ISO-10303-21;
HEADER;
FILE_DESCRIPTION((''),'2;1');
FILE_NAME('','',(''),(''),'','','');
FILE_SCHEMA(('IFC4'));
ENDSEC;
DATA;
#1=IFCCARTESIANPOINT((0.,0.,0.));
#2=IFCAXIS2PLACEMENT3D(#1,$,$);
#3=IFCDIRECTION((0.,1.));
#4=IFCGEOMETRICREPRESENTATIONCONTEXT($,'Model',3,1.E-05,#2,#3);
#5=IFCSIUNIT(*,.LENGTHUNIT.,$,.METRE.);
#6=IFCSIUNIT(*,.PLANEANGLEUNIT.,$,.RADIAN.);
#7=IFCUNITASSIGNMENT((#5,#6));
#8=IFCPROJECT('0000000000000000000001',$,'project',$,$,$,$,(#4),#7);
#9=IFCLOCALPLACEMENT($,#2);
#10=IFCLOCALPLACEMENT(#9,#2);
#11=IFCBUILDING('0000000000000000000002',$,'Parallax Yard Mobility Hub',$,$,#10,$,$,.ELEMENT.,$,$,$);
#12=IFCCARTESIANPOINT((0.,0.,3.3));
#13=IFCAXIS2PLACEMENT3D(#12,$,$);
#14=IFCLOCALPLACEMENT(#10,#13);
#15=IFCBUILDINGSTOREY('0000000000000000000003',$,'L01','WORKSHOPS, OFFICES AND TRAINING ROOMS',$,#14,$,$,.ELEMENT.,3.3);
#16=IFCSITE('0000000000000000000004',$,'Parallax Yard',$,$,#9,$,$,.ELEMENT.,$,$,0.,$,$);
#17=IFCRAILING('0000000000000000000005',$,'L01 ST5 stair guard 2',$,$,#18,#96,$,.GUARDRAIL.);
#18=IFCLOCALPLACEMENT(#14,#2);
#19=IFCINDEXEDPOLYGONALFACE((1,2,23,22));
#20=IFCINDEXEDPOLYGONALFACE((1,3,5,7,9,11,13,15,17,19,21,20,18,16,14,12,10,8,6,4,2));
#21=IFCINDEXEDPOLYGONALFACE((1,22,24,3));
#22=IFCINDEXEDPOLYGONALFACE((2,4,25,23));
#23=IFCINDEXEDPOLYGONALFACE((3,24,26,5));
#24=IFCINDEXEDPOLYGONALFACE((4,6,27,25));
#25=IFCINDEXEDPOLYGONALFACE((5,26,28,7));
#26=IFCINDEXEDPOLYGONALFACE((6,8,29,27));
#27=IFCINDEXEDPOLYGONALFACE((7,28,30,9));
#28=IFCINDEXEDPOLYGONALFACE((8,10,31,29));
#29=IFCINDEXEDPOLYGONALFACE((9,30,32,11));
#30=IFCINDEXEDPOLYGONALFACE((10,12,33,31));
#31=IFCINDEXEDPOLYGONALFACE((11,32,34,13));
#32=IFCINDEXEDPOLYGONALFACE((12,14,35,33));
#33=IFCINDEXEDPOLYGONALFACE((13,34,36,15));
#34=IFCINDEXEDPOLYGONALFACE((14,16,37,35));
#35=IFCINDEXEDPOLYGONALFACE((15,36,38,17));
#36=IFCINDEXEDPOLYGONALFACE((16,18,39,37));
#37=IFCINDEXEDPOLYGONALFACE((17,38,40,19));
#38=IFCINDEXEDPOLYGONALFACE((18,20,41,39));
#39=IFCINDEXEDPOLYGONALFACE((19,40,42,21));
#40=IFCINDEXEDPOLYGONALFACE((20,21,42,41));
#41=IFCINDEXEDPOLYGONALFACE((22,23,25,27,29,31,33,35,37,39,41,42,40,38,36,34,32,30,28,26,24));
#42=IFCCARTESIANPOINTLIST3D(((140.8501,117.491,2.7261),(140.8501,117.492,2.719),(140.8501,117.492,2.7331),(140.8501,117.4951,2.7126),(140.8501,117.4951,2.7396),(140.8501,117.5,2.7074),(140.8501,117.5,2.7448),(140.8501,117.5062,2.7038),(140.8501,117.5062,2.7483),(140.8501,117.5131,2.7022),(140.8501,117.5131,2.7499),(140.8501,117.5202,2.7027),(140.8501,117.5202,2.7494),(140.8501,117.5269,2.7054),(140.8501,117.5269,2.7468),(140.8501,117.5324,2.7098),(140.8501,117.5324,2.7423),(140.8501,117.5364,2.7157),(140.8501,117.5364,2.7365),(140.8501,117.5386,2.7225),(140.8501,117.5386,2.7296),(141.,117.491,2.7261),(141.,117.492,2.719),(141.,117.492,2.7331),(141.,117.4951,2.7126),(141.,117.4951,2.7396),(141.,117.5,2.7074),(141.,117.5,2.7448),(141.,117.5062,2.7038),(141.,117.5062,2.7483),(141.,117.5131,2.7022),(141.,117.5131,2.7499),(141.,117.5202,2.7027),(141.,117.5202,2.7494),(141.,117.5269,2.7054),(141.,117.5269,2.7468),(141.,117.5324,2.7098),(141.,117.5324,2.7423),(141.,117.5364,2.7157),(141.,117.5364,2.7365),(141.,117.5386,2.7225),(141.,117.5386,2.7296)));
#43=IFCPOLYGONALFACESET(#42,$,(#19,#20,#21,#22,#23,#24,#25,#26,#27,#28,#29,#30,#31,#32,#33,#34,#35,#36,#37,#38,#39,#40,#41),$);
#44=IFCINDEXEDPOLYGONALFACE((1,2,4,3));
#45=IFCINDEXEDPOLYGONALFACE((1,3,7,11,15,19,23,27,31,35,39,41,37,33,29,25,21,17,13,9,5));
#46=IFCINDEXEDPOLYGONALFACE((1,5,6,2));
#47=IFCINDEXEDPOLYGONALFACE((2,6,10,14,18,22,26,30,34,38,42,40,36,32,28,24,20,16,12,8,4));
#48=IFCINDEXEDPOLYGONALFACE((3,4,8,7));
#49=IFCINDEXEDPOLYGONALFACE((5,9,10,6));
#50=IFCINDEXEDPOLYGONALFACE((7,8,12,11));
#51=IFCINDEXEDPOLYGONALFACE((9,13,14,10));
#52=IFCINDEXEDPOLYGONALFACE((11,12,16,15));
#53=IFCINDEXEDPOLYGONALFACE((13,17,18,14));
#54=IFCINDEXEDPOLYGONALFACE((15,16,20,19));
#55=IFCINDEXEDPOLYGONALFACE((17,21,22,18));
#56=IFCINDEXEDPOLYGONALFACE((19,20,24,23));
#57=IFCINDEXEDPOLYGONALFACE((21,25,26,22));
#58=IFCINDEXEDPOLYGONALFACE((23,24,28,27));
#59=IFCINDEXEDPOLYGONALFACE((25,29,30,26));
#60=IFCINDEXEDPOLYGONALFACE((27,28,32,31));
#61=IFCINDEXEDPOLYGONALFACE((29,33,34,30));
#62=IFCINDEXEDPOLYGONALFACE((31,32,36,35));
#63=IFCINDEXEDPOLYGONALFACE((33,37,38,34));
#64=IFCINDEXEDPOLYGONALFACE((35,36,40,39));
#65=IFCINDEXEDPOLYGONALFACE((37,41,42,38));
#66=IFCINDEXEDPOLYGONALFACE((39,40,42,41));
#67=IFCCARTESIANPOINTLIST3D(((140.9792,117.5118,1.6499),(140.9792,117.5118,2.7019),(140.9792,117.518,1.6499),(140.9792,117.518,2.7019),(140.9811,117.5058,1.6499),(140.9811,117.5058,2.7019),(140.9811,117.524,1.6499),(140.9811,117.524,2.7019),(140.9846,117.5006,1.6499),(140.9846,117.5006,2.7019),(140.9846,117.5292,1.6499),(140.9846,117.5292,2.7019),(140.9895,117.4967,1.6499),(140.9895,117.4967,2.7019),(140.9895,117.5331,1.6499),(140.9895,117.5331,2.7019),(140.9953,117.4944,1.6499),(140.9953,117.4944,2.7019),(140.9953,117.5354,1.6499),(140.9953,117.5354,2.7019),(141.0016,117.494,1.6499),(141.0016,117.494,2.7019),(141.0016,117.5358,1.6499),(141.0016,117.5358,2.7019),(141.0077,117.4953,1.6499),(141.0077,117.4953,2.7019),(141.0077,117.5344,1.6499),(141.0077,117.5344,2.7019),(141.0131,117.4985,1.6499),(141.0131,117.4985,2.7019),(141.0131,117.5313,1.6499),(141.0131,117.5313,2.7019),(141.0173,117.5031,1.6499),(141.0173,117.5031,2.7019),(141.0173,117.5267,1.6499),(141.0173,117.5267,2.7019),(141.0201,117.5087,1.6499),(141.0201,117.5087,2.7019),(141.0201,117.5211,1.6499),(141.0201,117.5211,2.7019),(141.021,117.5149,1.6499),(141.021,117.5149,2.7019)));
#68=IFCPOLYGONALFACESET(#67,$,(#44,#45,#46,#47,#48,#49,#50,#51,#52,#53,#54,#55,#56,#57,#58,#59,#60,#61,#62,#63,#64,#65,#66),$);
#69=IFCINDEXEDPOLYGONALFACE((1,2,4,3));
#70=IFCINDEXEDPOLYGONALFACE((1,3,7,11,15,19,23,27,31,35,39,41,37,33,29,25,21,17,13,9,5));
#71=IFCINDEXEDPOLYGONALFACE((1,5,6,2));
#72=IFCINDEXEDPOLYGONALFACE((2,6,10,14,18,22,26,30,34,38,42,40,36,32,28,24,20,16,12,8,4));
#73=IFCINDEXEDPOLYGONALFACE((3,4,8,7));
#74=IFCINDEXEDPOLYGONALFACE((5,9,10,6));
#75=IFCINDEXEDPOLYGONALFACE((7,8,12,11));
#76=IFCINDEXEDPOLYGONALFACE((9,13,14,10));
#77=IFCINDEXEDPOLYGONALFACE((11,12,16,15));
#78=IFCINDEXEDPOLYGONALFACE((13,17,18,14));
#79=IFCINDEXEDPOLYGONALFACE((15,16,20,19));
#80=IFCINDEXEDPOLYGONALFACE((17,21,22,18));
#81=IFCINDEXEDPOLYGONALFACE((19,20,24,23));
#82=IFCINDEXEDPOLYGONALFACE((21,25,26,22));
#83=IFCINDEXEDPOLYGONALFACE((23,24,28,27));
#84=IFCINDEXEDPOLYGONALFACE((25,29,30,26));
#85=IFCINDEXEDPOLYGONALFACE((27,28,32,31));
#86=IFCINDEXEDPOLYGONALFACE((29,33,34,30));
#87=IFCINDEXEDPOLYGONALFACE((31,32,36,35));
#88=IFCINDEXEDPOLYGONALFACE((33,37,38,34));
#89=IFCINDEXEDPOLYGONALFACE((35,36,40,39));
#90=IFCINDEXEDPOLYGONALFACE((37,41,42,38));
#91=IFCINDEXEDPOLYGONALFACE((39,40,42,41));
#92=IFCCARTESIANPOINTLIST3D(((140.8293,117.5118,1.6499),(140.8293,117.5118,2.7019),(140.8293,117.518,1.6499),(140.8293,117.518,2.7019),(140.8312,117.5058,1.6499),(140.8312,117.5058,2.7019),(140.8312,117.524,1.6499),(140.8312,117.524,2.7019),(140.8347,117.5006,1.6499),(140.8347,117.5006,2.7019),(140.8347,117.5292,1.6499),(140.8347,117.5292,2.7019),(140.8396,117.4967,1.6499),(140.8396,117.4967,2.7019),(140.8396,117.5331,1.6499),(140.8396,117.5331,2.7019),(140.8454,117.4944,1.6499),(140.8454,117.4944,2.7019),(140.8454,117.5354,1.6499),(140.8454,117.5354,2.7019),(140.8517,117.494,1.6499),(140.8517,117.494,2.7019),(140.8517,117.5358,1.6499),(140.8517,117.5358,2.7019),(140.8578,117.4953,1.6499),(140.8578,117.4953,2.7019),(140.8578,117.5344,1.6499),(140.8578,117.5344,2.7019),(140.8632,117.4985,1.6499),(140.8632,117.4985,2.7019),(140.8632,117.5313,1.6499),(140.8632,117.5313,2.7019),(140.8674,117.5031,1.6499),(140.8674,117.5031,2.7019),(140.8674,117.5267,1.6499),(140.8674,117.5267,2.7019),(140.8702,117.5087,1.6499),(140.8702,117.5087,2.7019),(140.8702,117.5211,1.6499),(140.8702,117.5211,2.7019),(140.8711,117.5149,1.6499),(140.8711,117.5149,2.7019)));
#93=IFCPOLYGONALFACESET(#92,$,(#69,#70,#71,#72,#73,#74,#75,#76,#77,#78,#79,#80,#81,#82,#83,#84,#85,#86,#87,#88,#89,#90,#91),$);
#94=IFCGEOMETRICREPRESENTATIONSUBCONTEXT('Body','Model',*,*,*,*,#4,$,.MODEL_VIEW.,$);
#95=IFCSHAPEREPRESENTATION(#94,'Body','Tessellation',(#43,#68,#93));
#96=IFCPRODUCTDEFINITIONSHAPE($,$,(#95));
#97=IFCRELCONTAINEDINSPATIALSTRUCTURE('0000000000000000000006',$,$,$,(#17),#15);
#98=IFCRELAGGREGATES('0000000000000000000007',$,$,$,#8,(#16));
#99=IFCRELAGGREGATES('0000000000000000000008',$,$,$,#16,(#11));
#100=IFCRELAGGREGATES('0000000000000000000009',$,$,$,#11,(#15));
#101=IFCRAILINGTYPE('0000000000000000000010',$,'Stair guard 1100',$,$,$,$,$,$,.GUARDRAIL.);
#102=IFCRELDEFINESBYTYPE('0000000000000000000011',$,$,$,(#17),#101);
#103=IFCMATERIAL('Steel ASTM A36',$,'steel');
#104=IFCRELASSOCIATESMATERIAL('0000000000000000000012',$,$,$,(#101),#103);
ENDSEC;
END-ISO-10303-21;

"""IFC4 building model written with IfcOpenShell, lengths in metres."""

from ifc_helpers import new_model, si_unit, direction, frame, origin, origin_2d, place, context, subcontext, project, spatial, circle, extrude, material, type_object, element, save


model = new_model("IFC4")

# Units and contexts
model_context = context("Model", 3, precision=1e-05, world=origin(), true_north=direction((0.0, 1.0)))
body_context = subcontext(model_context, "Body", "Model", "MODEL_VIEW")
ifc_project = project(units=[si_unit("LENGTHUNIT", "METRE"), si_unit("PLANEANGLEUNIT", "RADIAN")], contexts=[model_context])

# Site, building, storey
site_placement = place(None, origin())
site = spatial("IfcSite", under=ifc_project, at=site_placement, Name="Parallax Yard", CompositionType="ELEMENT", RefElevation=0.0)
building_placement = place(site_placement, origin())
building = spatial("IfcBuilding", under=site, at=building_placement, Name="Parallax Yard Mobility Hub", CompositionType="ELEMENT")
storey_placement = place(building_placement, frame((0.0, 0.0, 3.3)))
storey = spatial("IfcBuildingStorey", under=building, at=storey_placement, Name="L01", Description="WORKSHOPS, OFFICES AND TRAINING ROOMS", CompositionType="ELEMENT", Elevation=3.3)

# Railing
ifc_material_1 = material(Name="Steel ASTM A36", Category="steel")
railing_type_1 = type_object("IfcRailingType", Name="Stair guard 1100", PredefinedType="GUARDRAIL", material=ifc_material_1)
railing_1_placement = place(storey_placement, frame((141.0, 117.5149, 1.6499)))
element("IfcRailing", 1, at=railing_1_placement, inside=storey, type_object=railing_type_1, Name="L01 ST5 stair guard 2", PredefinedType="GUARDRAIL", context=body_context, shape_type="SweptSolid", body=[
    extrude(circle(Radius=0.0239, at=origin_2d()), frame((0.0, 0.0, 1.0762), z_axis=(-1.0, 0.0, 0.0), x_axis=(0.0, -1.0, 0.0)), (0.0, 0.0, 1.0), 0.1499),
    extrude(circle(Radius=0.021, at=origin_2d()), origin(), (0.0, 0.0, 1.0), 1.052),
    extrude(circle(Radius=0.021, at=origin_2d()), frame((-0.1499, 0.0, 0.0)), (0.0, 0.0, 1.0), 1.052),
])

save(model, "model.ifc")
